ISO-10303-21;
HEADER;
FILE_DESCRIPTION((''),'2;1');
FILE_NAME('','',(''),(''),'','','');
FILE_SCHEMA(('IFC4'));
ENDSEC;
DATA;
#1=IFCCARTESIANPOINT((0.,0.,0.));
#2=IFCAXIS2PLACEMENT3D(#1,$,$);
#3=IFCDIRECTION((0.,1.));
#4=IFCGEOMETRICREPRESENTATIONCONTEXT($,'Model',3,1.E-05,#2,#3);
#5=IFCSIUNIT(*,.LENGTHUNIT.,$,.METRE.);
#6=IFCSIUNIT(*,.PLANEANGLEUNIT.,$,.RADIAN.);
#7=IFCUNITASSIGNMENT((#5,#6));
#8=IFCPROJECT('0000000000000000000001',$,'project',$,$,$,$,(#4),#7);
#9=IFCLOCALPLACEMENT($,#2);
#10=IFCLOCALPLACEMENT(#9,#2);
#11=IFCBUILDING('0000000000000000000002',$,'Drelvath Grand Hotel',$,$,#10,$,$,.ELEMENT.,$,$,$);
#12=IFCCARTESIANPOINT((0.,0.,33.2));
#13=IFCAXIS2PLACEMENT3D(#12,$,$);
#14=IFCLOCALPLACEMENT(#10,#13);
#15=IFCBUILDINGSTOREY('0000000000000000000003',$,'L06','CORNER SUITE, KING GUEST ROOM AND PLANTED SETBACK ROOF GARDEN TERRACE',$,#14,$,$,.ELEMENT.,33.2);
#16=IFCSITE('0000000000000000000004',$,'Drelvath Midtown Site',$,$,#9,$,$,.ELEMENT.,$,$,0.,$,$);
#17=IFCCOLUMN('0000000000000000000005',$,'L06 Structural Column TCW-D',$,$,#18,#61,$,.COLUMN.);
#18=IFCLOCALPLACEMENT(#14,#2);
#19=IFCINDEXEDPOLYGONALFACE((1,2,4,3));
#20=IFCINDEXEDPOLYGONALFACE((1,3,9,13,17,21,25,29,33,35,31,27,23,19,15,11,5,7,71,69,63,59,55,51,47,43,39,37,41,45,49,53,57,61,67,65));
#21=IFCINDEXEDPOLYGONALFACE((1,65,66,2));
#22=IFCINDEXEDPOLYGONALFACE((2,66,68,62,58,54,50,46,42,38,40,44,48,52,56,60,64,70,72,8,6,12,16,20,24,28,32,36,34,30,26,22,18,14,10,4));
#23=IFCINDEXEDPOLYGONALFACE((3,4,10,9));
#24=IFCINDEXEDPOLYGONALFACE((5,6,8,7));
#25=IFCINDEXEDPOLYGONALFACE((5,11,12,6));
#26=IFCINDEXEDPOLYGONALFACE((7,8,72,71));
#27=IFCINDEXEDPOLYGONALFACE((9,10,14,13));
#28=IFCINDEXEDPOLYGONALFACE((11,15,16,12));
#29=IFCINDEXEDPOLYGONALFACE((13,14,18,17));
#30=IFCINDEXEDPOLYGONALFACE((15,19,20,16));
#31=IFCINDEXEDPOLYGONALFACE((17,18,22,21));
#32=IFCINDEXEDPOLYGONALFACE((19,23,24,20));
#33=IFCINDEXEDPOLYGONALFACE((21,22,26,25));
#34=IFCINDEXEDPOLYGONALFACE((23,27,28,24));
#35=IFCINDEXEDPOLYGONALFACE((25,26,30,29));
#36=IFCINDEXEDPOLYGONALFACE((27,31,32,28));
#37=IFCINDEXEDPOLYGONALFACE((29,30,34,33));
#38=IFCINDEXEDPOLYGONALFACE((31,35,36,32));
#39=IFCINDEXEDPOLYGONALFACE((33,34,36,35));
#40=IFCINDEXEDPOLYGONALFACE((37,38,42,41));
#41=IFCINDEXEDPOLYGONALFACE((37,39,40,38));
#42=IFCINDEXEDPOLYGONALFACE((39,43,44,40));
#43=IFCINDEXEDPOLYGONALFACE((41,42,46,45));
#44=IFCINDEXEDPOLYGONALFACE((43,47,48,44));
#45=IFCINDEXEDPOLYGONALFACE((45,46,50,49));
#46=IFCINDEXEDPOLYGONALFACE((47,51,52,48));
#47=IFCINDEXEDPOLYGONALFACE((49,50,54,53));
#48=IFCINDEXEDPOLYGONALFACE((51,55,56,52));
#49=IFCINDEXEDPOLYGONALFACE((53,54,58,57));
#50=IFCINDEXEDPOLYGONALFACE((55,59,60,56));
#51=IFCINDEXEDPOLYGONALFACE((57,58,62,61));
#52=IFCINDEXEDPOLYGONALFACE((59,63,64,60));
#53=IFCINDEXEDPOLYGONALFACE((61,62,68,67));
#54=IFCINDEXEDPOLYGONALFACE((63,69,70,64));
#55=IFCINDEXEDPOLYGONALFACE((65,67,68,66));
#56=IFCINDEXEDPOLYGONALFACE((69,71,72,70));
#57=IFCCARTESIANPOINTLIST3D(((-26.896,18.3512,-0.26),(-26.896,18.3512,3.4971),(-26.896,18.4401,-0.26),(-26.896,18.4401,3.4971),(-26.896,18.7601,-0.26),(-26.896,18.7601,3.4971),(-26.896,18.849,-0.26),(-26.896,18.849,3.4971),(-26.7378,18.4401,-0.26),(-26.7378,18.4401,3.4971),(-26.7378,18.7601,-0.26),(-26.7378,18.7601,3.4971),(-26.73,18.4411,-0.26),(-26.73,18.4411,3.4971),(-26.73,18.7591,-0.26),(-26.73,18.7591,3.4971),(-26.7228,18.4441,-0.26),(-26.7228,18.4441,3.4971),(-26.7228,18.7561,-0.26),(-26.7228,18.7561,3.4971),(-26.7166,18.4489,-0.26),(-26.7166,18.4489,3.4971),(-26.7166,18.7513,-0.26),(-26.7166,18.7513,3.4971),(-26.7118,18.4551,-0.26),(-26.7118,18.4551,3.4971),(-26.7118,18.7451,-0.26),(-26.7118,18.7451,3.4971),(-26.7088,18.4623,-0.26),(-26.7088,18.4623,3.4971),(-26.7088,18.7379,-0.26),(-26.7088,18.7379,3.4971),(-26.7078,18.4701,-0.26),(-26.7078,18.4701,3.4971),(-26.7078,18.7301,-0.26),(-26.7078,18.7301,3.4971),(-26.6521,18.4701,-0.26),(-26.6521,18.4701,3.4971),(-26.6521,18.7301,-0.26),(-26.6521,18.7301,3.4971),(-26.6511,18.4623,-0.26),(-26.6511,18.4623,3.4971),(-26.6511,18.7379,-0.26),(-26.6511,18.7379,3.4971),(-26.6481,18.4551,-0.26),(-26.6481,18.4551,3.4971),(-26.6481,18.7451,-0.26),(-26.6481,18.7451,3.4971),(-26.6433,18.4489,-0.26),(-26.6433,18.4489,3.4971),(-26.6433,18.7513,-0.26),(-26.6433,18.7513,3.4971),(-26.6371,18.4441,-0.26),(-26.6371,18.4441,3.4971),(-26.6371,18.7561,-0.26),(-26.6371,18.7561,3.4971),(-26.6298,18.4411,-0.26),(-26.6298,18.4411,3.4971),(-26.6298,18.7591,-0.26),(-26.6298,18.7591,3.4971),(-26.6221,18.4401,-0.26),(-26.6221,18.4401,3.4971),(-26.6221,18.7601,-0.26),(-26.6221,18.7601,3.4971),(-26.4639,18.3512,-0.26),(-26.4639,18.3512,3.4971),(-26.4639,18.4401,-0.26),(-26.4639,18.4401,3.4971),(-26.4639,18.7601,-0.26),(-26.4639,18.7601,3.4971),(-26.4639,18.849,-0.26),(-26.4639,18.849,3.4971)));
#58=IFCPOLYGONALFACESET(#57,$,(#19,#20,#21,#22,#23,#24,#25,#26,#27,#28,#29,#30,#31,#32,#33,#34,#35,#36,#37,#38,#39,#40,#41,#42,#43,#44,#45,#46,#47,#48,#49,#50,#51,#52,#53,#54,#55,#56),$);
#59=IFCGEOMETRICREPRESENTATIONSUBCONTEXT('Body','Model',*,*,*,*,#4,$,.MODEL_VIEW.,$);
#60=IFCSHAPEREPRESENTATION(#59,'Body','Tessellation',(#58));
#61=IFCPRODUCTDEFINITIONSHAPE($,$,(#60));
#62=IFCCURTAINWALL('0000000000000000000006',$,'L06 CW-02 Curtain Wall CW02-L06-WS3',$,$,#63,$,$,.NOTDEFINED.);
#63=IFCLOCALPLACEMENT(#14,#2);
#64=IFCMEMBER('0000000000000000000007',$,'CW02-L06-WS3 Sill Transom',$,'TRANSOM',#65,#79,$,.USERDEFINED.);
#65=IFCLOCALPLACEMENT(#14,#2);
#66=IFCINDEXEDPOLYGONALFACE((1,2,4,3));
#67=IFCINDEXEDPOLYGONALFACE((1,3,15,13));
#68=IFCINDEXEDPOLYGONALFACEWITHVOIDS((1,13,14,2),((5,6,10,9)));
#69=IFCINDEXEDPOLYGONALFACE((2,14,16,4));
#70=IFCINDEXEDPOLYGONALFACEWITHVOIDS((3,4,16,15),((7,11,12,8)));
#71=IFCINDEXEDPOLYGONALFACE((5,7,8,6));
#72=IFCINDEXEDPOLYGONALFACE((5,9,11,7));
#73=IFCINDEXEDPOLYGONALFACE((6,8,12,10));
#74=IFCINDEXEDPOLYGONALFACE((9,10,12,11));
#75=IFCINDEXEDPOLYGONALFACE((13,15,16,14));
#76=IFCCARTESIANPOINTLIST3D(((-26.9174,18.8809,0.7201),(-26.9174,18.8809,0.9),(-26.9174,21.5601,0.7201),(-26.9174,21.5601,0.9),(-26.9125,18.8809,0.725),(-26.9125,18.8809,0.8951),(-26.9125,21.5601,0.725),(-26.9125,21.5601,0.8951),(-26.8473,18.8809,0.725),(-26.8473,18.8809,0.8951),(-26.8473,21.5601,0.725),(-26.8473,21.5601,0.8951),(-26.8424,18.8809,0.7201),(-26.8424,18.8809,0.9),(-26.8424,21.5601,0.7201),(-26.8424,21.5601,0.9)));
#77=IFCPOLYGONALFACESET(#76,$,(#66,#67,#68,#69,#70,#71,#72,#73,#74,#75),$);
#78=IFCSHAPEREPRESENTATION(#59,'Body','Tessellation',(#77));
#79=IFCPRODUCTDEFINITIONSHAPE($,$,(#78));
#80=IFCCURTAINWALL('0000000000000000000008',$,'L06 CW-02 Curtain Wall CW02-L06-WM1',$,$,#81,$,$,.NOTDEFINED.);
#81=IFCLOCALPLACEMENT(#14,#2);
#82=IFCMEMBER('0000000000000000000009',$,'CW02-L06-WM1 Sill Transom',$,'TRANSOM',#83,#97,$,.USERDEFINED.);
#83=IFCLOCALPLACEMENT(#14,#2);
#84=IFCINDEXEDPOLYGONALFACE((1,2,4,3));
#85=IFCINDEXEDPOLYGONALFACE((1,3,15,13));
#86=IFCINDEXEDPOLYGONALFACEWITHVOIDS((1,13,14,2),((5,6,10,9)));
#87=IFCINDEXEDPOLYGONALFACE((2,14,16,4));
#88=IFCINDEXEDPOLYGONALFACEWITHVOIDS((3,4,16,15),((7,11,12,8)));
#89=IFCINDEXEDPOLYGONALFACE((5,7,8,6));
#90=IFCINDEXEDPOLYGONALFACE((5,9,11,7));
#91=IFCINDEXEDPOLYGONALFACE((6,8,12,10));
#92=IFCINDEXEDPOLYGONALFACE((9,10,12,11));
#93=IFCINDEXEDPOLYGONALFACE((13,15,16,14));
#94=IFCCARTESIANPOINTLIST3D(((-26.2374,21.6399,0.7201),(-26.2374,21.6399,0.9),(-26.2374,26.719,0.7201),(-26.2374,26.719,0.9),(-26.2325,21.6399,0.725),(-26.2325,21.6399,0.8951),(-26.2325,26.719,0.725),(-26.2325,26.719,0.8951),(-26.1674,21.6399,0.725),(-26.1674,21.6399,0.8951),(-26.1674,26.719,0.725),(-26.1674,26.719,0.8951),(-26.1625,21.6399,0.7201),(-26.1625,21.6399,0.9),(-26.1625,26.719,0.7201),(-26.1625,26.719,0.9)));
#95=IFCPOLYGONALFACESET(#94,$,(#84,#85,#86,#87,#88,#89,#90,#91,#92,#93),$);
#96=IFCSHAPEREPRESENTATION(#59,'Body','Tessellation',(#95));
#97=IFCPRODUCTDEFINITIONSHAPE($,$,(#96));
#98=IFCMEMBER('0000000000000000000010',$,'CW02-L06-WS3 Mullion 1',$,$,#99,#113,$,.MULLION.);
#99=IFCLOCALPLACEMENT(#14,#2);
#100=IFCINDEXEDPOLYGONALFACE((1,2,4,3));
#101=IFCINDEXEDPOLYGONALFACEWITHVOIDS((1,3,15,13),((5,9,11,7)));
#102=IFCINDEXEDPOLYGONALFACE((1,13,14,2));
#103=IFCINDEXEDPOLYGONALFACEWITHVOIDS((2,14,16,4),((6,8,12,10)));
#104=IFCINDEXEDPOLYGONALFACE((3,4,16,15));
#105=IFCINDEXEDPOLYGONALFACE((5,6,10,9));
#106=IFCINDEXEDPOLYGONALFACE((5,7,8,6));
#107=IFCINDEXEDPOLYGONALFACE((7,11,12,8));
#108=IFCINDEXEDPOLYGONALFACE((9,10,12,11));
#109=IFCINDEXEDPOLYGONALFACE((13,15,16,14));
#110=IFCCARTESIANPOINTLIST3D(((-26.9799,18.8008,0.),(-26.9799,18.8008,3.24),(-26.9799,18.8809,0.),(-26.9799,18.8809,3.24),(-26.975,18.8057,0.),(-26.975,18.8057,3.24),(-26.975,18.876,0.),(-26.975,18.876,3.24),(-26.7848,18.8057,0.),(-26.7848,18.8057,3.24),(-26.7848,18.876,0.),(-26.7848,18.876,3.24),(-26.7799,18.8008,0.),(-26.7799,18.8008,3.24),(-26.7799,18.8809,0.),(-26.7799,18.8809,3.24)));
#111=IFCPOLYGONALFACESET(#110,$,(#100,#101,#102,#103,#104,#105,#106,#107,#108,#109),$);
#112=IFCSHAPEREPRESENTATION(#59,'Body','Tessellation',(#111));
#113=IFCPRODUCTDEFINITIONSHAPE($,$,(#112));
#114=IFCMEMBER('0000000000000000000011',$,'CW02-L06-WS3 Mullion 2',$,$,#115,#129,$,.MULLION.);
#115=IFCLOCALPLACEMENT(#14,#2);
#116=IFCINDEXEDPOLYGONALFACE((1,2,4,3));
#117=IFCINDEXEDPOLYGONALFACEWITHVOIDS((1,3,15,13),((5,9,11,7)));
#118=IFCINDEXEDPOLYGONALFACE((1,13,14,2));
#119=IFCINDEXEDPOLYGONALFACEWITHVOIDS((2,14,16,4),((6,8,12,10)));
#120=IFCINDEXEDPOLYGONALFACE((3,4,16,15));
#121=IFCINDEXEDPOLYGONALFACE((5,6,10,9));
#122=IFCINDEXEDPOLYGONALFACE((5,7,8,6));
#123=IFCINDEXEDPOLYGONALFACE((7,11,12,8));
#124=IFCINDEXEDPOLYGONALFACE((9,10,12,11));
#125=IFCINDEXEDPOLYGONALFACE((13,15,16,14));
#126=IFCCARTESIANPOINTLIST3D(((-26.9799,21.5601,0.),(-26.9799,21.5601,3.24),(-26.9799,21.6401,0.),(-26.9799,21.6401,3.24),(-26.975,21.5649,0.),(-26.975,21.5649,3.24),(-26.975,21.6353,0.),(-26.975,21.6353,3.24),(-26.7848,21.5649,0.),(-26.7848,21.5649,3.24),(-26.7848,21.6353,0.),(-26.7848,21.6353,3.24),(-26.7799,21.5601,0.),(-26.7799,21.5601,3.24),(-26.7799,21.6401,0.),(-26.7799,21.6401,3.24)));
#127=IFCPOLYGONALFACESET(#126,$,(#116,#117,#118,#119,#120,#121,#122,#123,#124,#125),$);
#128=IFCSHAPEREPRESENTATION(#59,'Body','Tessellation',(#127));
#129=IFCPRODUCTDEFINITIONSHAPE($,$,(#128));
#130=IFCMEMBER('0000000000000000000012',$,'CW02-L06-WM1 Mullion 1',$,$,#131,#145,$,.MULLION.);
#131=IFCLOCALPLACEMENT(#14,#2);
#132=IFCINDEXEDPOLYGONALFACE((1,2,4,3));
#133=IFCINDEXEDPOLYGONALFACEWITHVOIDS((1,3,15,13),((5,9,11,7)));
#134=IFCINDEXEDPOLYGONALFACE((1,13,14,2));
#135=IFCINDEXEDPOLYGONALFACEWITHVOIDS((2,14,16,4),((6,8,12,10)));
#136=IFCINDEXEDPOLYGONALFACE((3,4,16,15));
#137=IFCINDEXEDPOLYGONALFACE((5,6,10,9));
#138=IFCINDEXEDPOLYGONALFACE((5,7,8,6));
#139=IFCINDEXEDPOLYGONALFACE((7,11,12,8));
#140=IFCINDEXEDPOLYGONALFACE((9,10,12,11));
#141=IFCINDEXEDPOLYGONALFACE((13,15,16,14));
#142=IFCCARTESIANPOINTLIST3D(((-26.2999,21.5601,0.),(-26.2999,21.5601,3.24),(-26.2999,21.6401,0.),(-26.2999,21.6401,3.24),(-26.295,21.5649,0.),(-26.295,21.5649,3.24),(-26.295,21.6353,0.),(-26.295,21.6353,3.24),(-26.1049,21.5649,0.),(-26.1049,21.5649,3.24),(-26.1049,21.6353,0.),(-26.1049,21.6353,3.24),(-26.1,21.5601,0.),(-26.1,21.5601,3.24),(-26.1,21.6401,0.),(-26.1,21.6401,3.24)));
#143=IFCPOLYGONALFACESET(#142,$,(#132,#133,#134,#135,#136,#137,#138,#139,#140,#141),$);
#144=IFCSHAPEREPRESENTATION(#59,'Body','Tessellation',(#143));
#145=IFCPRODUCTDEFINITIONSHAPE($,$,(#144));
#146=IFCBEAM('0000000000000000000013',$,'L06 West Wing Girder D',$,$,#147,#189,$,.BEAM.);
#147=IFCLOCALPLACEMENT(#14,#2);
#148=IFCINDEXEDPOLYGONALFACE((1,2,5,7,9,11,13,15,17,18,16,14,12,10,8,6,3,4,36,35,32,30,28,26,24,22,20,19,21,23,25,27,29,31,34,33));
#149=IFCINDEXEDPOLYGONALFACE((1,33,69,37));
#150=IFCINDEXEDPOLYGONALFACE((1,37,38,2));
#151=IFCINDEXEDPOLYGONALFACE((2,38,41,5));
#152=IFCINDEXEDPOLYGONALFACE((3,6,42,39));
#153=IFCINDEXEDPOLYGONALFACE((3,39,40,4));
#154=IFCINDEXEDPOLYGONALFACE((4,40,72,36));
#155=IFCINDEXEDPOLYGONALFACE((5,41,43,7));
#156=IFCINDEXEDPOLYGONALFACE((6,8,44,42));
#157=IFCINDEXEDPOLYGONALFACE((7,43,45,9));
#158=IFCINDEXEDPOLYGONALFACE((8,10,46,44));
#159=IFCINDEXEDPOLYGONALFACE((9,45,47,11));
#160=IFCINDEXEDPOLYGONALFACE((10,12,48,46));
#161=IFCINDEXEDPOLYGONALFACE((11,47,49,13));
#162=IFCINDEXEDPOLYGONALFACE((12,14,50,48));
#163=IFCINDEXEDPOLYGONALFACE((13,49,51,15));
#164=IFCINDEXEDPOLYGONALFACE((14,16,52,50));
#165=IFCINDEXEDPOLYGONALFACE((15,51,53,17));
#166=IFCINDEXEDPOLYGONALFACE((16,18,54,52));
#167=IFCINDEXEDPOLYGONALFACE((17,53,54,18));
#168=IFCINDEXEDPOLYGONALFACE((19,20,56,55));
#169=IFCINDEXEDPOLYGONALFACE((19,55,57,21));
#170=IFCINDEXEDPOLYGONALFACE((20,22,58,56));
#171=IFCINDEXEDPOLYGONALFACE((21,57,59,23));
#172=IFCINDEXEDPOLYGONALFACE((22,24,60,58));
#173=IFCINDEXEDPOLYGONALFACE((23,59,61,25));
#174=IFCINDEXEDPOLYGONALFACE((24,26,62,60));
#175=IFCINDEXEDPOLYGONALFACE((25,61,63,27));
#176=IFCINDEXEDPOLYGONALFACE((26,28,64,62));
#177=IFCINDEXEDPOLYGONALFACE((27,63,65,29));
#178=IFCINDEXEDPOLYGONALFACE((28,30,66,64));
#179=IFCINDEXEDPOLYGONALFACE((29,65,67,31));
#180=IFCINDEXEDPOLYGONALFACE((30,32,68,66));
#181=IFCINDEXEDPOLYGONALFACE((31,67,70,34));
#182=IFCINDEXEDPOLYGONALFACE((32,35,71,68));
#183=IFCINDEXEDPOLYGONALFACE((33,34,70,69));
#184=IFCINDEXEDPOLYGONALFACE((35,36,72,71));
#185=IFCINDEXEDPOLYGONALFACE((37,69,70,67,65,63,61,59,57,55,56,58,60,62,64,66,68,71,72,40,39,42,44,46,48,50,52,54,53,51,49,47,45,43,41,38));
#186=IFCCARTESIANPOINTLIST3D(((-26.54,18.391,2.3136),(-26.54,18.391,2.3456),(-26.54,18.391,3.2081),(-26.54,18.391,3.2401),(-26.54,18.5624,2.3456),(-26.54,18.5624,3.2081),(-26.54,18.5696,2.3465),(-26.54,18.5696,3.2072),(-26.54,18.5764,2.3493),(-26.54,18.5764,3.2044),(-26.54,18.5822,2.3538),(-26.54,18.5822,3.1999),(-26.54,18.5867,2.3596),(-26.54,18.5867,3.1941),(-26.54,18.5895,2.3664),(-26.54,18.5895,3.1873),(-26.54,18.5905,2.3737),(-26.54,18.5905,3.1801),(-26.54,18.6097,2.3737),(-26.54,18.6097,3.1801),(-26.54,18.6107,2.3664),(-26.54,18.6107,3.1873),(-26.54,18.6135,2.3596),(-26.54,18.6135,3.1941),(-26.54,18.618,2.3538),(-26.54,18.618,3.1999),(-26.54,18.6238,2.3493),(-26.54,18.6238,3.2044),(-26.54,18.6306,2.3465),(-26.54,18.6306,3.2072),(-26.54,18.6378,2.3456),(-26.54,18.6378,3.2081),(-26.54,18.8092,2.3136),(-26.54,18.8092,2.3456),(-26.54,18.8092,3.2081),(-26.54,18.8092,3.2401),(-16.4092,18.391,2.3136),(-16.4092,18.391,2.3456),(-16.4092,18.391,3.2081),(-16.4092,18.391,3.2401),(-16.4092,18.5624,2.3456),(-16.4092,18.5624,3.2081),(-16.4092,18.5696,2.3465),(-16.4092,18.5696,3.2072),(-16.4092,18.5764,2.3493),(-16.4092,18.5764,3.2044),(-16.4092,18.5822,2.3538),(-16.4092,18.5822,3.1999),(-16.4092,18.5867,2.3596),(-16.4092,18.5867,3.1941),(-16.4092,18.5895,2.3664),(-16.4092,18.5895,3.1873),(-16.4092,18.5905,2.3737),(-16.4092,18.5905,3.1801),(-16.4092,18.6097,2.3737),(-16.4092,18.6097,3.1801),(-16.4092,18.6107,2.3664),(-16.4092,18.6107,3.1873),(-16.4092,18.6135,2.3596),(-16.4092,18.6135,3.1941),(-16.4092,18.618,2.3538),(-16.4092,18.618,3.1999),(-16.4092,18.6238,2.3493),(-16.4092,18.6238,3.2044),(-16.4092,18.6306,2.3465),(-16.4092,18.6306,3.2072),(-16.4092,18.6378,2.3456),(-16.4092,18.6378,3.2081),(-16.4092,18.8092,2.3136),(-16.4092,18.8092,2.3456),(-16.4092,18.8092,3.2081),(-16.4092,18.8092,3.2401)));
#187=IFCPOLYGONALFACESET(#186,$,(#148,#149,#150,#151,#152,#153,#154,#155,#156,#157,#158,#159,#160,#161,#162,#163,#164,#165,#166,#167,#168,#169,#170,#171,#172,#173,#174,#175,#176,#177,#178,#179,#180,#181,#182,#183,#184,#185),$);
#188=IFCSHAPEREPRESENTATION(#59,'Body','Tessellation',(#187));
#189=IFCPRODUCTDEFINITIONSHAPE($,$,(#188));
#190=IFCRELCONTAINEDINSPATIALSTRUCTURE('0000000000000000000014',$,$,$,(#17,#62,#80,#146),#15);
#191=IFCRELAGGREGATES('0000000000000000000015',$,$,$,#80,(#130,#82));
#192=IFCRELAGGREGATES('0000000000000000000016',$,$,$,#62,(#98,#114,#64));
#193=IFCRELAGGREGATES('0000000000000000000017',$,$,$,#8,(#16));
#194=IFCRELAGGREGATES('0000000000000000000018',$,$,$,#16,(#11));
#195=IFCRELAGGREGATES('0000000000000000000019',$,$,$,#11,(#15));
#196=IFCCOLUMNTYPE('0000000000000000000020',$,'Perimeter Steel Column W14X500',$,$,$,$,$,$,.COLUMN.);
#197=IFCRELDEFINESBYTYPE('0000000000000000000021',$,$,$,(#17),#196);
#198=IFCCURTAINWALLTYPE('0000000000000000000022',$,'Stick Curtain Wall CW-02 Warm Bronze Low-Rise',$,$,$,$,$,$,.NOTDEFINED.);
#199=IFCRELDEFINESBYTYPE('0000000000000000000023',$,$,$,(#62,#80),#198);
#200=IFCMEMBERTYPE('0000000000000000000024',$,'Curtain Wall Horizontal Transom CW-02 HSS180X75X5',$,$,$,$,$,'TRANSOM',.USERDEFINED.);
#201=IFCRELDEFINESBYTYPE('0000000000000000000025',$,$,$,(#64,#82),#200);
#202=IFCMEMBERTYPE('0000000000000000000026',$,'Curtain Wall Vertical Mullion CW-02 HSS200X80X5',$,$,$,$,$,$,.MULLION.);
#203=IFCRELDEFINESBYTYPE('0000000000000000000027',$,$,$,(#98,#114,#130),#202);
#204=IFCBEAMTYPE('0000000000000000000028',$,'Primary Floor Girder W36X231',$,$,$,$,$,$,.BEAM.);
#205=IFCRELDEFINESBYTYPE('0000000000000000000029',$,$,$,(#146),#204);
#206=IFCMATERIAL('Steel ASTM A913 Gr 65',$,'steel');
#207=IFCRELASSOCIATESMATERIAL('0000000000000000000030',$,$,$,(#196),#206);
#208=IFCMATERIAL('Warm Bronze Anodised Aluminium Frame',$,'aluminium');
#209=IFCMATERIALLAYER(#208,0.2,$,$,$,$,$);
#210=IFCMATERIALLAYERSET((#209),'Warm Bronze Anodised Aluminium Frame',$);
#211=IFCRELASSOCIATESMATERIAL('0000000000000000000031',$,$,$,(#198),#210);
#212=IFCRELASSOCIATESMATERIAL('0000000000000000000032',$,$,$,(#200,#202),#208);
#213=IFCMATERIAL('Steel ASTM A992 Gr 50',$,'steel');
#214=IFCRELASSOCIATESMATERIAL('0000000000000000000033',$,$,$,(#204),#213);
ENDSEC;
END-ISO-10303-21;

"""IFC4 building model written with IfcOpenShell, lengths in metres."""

from ifc_helpers import new_model, si_unit, direction, frame, origin, origin_2d, place, context, subcontext, project, spatial, hollow_rectangle, i_section, extrude, material, layer, layer_set, material_profile, profile_set, type_object, element, aggregate, save


model = new_model("IFC4")

# Units and contexts
model_context = context("Model", 3, precision=1e-05, world=origin(), true_north=direction((0.0, 1.0)))
body_context = subcontext(model_context, "Body", "Model", "MODEL_VIEW")
ifc_project = project(units=[si_unit("LENGTHUNIT", "METRE"), si_unit("PLANEANGLEUNIT", "RADIAN")], contexts=[model_context])

# Site, building, storey
site_placement = place(None, origin())
site = spatial("IfcSite", under=ifc_project, at=site_placement, Name="Drelvath Midtown Site", CompositionType="ELEMENT", RefElevation=0.0)
building_placement = place(site_placement, origin())
building = spatial("IfcBuilding", under=site, at=building_placement, Name="Drelvath Grand Hotel", CompositionType="ELEMENT")
storey_placement = place(building_placement, frame((0.0, 0.0, 33.2)))
storey = spatial("IfcBuildingStorey", under=building, at=storey_placement, Name="L06", Description="CORNER SUITE, KING GUEST ROOM AND PLANTED SETBACK ROOF GARDEN TERRACE", CompositionType="ELEMENT", Elevation=33.2)

# Column
ifc_material_1 = material(Name="Steel ASTM A913 Gr 65", Category="steel")
ifc_material_profile_1 = material_profile(ifc_material_1, i_section(OverallWidth=0.4321, OverallDepth=0.4978, WebThickness=0.0557, FlangeThickness=0.0889, FilletRadius=0.03, at=origin_2d()), Name="W14X500")
ifc_profile_set_1 = profile_set([ifc_material_profile_1], Name="Steel ASTM A913 Gr 65")
column_type = type_object("IfcColumnType", Name="Perimeter Steel Column W14X500", PredefinedType="COLUMN", material=ifc_profile_set_1)
column_placement = place(storey_placement, frame((-26.6799, 18.6001, -0.26), z_axis=(0.0, 0.0, 1.0), x_axis=(1.0, 0.0, 0.0)))
element("IfcColumn", 1, at=column_placement, inside=storey, type_object=column_type, Name="L06 Structural Column TCW-D", PredefinedType="COLUMN", context=body_context, shape_type="SweptSolid", body=[
    extrude(i_section(OverallWidth=0.4321, OverallDepth=0.4978, WebThickness=0.0557, FlangeThickness=0.0889, FilletRadius=0.03, at=origin_2d()), origin(), (0.0, 0.0, 1.0), 3.7571),
])

# Curtain walls, members
ifc_material_2 = material(Name="Warm Bronze Anodised Aluminium Frame", Category="aluminium")
ifc_layer_1 = layer(ifc_material_2, 0.2)
ifc_layer_set_1 = layer_set([ifc_layer_1], Name="Warm Bronze Anodised Aluminium Frame")
curtain_wall_type = type_object("IfcCurtainWallType", Name="Stick Curtain Wall CW-02 Warm Bronze Low-Rise", PredefinedType="NOTDEFINED", material=ifc_layer_set_1)
curtain_wall_1_placement = place(storey_placement, origin())
curtain_wall_1 = element("IfcCurtainWall", 2, at=curtain_wall_1_placement, inside=storey, type_object=curtain_wall_type, Name="L06 CW-02 Curtain Wall CW02-L06-WS3", PredefinedType="NOTDEFINED")
ifc_material_profile_2 = material_profile(ifc_material_2, hollow_rectangle(XDim=0.075, YDim=0.1799, WallThickness=0.0049, at=origin_2d()), Name="HSS180X75X5")
ifc_profile_set_2 = profile_set([ifc_material_profile_2], Name="Warm Bronze Anodised Aluminium Frame")
member_type_1 = type_object("IfcMemberType", Name="Curtain Wall Horizontal Transom CW-02 HSS180X75X5", ElementType="TRANSOM", PredefinedType="USERDEFINED", material=ifc_profile_set_2)
member_1_placement = place(storey_placement, frame((-26.8799, 18.8809, 0.8101), z_axis=(0.0, 1.0, 0.0), x_axis=(-1.0, 0.0, 0.0)))
member_1 = element("IfcMember", 3, at=member_1_placement, type_object=member_type_1, Name="CW02-L06-WS3 Sill Transom", ObjectType="TRANSOM", PredefinedType="USERDEFINED", context=body_context, shape_type="SweptSolid", body=[
    extrude(hollow_rectangle(XDim=0.075, YDim=0.1799, WallThickness=0.0049, at=origin_2d()), origin(), (0.0, 0.0, 1.0), 2.6792),
])
curtain_wall_2_placement = place(storey_placement, origin())
curtain_wall_2 = element("IfcCurtainWall", 4, at=curtain_wall_2_placement, inside=storey, type_object=curtain_wall_type, Name="L06 CW-02 Curtain Wall CW02-L06-WM1", PredefinedType="NOTDEFINED")
member_2_placement = place(storey_placement, frame((-26.2, 21.6399, 0.8101), z_axis=(0.0, 1.0, 0.0), x_axis=(-1.0, 0.0, 0.0)))
member_2 = element("IfcMember", 5, at=member_2_placement, type_object=member_type_1, Name="CW02-L06-WM1 Sill Transom", ObjectType="TRANSOM", PredefinedType="USERDEFINED", context=body_context, shape_type="SweptSolid", body=[
    extrude(hollow_rectangle(XDim=0.075, YDim=0.1799, WallThickness=0.0049, at=origin_2d()), origin(), (0.0, 0.0, 1.0), 5.0791),
])

# Members
ifc_material_profile_3 = material_profile(ifc_material_2, hollow_rectangle(XDim=0.0801, YDim=0.2, WallThickness=0.0049, at=origin_2d()), Name="HSS200X80X5")
ifc_profile_set_3 = profile_set([ifc_material_profile_3], Name="Warm Bronze Anodised Aluminium Frame")
member_type_2 = type_object("IfcMemberType", Name="Curtain Wall Vertical Mullion CW-02 HSS200X80X5", PredefinedType="MULLION", material=ifc_profile_set_3)
member_3_placement = place(storey_placement, frame((-26.8799, 18.8408, 0.0), z_axis=(0.0, 0.0, 1.0), x_axis=(0.0, 1.0, 0.0)))
member_3 = element("IfcMember", 6, at=member_3_placement, type_object=member_type_2, Name="CW02-L06-WS3 Mullion 1", PredefinedType="MULLION", context=body_context, shape_type="SweptSolid", body=[
    extrude(hollow_rectangle(XDim=0.0801, YDim=0.2, WallThickness=0.0049, at=origin_2d()), origin(), (0.0, 0.0, 1.0), 3.24),
])
member_4_placement = place(storey_placement, frame((-26.8799, 21.6001, 0.0), z_axis=(0.0, 0.0, 1.0), x_axis=(0.0, 1.0, 0.0)))
member_4 = element("IfcMember", 7, at=member_4_placement, type_object=member_type_2, Name="CW02-L06-WS3 Mullion 2", PredefinedType="MULLION", context=body_context, shape_type="SweptSolid", body=[
    extrude(hollow_rectangle(XDim=0.0801, YDim=0.2, WallThickness=0.0049, at=origin_2d()), origin(), (0.0, 0.0, 1.0), 3.24),
])
member_5_placement = place(storey_placement, frame((-26.2, 21.6001, 0.0), z_axis=(0.0, 0.0, 1.0), x_axis=(0.0, 1.0, 0.0)))
member_5 = element("IfcMember", 8, at=member_5_placement, type_object=member_type_2, Name="CW02-L06-WM1 Mullion 1", PredefinedType="MULLION", context=body_context, shape_type="SweptSolid", body=[
    extrude(hollow_rectangle(XDim=0.0801, YDim=0.2, WallThickness=0.0049, at=origin_2d()), origin(), (0.0, 0.0, 1.0), 3.24),
])
aggregate(curtain_wall_2, [member_5, member_2])

# Beam
ifc_material_3 = material(Name="Steel ASTM A992 Gr 50", Category="steel")
ifc_material_profile_4 = material_profile(ifc_material_3, i_section(OverallWidth=0.4182, OverallDepth=0.9265, WebThickness=0.0193, FlangeThickness=0.032, FilletRadius=0.0281, at=origin_2d()), Name="W36X231")
ifc_profile_set_4 = profile_set([ifc_material_profile_4], Name="Steel ASTM A992 Gr 50")
beam_type = type_object("IfcBeamType", Name="Primary Floor Girder W36X231", PredefinedType="BEAM", material=ifc_profile_set_4)
beam_placement = place(storey_placement, frame((-26.54, 18.6001, 2.7769), z_axis=(1.0, 0.0, 0.0), x_axis=(0.0, 1.0, 0.0)))
element("IfcBeam", 9, at=beam_placement, inside=storey, type_object=beam_type, Name="L06 West Wing Girder D", PredefinedType="BEAM", context=body_context, shape_type="SweptSolid", body=[
    extrude(i_section(OverallWidth=0.4182, OverallDepth=0.9265, WebThickness=0.0193, FlangeThickness=0.032, FilletRadius=0.0281, at=origin_2d()), origin(), (0.0, 0.0, 1.0), 10.1309),
])

aggregate(curtain_wall_1, [member_3, member_4, member_1])

save(model, "model.ifc")
